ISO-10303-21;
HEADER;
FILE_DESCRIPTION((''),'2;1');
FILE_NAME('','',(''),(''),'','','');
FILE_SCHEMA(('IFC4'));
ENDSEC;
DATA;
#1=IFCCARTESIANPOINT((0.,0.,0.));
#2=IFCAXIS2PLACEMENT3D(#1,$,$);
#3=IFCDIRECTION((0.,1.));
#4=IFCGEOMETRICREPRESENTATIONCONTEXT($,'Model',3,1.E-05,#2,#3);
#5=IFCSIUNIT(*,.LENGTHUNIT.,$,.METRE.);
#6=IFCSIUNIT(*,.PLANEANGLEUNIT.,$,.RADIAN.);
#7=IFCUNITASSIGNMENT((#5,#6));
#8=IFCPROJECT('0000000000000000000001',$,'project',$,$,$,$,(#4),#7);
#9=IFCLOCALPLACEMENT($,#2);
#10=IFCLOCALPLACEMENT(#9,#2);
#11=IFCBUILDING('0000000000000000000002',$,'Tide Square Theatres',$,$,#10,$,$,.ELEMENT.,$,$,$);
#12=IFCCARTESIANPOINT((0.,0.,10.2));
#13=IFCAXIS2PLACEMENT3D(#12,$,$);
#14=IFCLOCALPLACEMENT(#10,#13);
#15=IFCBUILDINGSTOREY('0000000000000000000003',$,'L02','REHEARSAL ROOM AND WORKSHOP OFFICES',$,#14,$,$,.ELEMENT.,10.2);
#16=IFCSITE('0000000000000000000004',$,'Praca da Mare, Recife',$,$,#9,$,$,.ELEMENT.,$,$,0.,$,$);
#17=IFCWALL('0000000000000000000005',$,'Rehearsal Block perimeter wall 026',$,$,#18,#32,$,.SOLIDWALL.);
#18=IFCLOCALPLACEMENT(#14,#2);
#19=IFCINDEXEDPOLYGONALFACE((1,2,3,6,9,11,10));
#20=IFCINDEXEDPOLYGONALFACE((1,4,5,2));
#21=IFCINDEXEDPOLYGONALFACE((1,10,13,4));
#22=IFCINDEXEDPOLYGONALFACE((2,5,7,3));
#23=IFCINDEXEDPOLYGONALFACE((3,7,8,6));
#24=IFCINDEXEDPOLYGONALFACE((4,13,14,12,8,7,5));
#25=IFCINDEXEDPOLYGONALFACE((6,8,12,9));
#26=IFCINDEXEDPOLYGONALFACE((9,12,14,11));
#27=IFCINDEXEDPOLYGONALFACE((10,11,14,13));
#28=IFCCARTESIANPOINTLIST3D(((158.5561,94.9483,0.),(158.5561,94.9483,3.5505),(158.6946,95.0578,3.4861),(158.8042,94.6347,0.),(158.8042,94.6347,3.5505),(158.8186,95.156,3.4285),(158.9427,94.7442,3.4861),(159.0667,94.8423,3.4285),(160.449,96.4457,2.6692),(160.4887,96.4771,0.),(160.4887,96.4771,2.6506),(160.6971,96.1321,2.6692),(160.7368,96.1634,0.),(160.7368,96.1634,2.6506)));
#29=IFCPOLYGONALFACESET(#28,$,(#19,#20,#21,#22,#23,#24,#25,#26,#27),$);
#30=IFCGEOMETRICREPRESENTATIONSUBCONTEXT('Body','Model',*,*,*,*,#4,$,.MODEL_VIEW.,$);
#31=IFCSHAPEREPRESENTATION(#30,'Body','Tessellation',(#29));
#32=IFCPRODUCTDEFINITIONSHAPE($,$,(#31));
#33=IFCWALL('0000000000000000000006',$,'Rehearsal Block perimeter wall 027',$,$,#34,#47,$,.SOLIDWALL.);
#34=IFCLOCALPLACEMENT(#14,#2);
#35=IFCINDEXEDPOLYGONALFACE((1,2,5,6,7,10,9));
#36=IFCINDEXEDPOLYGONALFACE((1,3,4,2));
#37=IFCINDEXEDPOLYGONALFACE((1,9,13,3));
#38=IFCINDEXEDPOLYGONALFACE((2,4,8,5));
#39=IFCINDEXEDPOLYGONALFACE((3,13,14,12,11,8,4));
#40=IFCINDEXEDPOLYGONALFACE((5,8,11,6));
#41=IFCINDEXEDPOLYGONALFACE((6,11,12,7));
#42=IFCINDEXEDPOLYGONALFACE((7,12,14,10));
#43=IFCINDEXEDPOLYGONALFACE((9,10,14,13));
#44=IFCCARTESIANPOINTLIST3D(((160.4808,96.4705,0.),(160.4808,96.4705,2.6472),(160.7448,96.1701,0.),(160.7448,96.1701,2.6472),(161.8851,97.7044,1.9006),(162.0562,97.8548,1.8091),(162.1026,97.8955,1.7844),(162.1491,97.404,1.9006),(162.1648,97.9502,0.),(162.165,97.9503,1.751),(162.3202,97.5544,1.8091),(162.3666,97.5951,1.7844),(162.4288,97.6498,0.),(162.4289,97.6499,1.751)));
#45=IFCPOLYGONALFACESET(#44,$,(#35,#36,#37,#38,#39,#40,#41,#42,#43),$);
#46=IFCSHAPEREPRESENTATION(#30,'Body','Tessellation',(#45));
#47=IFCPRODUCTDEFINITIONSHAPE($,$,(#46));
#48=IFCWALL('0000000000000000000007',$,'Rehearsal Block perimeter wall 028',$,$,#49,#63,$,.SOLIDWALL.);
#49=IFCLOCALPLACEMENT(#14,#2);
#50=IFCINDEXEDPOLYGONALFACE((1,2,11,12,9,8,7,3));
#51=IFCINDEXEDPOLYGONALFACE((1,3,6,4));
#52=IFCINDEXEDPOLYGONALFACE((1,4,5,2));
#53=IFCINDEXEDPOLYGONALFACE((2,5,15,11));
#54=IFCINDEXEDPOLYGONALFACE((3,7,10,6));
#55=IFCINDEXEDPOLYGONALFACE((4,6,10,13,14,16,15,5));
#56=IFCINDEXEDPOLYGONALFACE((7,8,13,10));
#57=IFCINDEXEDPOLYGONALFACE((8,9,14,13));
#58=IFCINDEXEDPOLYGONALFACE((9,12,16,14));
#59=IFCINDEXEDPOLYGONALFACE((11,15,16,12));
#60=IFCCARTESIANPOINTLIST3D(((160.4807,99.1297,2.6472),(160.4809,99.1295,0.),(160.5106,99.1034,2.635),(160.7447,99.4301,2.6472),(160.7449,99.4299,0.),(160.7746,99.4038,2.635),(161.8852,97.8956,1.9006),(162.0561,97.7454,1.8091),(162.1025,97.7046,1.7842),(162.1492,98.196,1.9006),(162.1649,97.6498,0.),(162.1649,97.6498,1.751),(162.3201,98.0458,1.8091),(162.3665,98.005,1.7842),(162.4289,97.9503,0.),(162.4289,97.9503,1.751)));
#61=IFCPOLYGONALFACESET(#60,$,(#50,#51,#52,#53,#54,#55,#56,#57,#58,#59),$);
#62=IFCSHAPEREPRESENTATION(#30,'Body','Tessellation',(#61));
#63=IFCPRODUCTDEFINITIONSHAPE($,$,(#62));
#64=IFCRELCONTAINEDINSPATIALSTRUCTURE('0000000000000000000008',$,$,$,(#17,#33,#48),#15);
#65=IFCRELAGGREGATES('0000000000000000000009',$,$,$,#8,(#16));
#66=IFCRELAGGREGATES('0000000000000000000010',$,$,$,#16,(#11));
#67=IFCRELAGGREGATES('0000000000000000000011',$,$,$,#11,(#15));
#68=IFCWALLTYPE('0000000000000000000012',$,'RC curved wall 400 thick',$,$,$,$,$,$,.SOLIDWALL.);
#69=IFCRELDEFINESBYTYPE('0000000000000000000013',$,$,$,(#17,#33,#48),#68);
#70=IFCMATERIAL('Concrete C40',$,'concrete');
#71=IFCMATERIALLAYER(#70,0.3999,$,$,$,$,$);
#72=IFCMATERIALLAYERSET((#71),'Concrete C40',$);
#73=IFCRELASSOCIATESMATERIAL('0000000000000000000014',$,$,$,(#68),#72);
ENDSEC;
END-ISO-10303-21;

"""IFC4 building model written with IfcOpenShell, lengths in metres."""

from ifc_helpers import new_model, si_unit, direction, frame, origin, place, context, subcontext, project, spatial, polyline, outline, extrude, material, layer, layer_set, type_object, element, save


model = new_model("IFC4")

# Units and contexts
model_context = context("Model", 3, precision=1e-05, world=origin(), true_north=direction((0.0, 1.0)))
body_context = subcontext(model_context, "Body", "Model", "MODEL_VIEW")
ifc_project = project(units=[si_unit("LENGTHUNIT", "METRE"), si_unit("PLANEANGLEUNIT", "RADIAN")], contexts=[model_context])

# Site, building, storey
site_placement = place(None, origin())
site = spatial("IfcSite", under=ifc_project, at=site_placement, Name="Praca da Mare, Recife", CompositionType="ELEMENT", RefElevation=0.0)
building_placement = place(site_placement, origin())
building = spatial("IfcBuilding", under=site, at=building_placement, Name="Tide Square Theatres", CompositionType="ELEMENT")
storey_placement = place(building_placement, frame((0.0, 0.0, 10.2)))
storey = spatial("IfcBuildingStorey", under=building, at=storey_placement, Name="L02", Description="REHEARSAL ROOM AND WORKSHOP OFFICES", CompositionType="ELEMENT", Elevation=10.2)

# Walls
ifc_material_1 = material(Name="Concrete C40", Category="concrete")
ifc_layer_1 = layer(ifc_material_1, 0.3999)
ifc_layer_set_1 = layer_set([ifc_layer_1], Name="Concrete C40")
wall_type_1 = type_object("IfcWallType", Name="RC curved wall 400 thick", PredefinedType="SOLIDWALL", material=ifc_layer_set_1)
wall_1_placement = place(storey_placement, frame((158.6802, 94.7915, 0.0), z_axis=(0.0, 0.0, 1.0), x_axis=(0.784279, 0.620409, 0.0)))
element("IfcWall", 1, at=wall_1_placement, inside=storey, type_object=wall_type_1, Name="Rehearsal Block perimeter wall 026", PredefinedType="SOLIDWALL", context=body_context, shape_type="SweptSolid", body=[
    extrude(outline(polyline([(0.0, 0.0), (2.4641, 0.0), (2.4641, 2.6506), (2.4136, 2.6692), (0.3347, 3.4285), (0.1765, 3.4861), (0.0, 3.5505), (0.0, 0.0)])), frame((0.0, 0.2, 0.0), z_axis=(0.0, -1.0, 0.0), x_axis=(1.0, 0.0, 0.0)), (0.0, 0.0, 1.0), 0.3999),
])
wall_2_placement = place(storey_placement, frame((160.6128, 96.3203, 0.0), z_axis=(0.0, 0.0, 1.0), x_axis=(0.751212, 0.660061, 0.0)))
element("IfcWall", 2, at=wall_2_placement, inside=storey, type_object=wall_type_1, Name="Rehearsal Block perimeter wall 027", PredefinedType="SOLIDWALL", context=body_context, shape_type="SweptSolid", body=[
    extrude(outline(polyline([(0.0, 0.0), (2.2417, 0.0), (2.2419, 1.751), (2.1589, 1.7844), (2.0972, 1.8091), (1.8694, 1.9006), (0.0, 2.6472), (0.0, 0.0)])), frame((0.0, 0.2, 0.0), z_axis=(0.0, -1.0, 0.0), x_axis=(1.0, 0.0, 0.0)), (0.0, 0.0, 1.0), 0.3999),
])
wall_3_placement = place(storey_placement, frame((162.2969, 97.8, 0.0), z_axis=(0.0, 0.0, 1.0), x_axis=(-0.751212, 0.660061, 0.0)))
element("IfcWall", 3, at=wall_3_placement, inside=storey, type_object=wall_type_1, Name="Rehearsal Block perimeter wall 028", PredefinedType="SOLIDWALL", context=body_context, shape_type="SweptSolid", body=[
    extrude(outline(polyline([(0.0, 0.0), (2.2417, 0.0), (2.2419, 2.6472), (2.2021, 2.635), (0.3723, 1.9006), (0.1448, 1.8091), (0.083, 1.7842), (0.0, 1.751), (0.0, 0.0)])), frame((0.0, 0.2, 0.0), z_axis=(0.0, -1.0, 0.0), x_axis=(1.0, 0.0, 0.0)), (0.0, 0.0, 1.0), 0.3999),
])

save(model, "model.ifc")
